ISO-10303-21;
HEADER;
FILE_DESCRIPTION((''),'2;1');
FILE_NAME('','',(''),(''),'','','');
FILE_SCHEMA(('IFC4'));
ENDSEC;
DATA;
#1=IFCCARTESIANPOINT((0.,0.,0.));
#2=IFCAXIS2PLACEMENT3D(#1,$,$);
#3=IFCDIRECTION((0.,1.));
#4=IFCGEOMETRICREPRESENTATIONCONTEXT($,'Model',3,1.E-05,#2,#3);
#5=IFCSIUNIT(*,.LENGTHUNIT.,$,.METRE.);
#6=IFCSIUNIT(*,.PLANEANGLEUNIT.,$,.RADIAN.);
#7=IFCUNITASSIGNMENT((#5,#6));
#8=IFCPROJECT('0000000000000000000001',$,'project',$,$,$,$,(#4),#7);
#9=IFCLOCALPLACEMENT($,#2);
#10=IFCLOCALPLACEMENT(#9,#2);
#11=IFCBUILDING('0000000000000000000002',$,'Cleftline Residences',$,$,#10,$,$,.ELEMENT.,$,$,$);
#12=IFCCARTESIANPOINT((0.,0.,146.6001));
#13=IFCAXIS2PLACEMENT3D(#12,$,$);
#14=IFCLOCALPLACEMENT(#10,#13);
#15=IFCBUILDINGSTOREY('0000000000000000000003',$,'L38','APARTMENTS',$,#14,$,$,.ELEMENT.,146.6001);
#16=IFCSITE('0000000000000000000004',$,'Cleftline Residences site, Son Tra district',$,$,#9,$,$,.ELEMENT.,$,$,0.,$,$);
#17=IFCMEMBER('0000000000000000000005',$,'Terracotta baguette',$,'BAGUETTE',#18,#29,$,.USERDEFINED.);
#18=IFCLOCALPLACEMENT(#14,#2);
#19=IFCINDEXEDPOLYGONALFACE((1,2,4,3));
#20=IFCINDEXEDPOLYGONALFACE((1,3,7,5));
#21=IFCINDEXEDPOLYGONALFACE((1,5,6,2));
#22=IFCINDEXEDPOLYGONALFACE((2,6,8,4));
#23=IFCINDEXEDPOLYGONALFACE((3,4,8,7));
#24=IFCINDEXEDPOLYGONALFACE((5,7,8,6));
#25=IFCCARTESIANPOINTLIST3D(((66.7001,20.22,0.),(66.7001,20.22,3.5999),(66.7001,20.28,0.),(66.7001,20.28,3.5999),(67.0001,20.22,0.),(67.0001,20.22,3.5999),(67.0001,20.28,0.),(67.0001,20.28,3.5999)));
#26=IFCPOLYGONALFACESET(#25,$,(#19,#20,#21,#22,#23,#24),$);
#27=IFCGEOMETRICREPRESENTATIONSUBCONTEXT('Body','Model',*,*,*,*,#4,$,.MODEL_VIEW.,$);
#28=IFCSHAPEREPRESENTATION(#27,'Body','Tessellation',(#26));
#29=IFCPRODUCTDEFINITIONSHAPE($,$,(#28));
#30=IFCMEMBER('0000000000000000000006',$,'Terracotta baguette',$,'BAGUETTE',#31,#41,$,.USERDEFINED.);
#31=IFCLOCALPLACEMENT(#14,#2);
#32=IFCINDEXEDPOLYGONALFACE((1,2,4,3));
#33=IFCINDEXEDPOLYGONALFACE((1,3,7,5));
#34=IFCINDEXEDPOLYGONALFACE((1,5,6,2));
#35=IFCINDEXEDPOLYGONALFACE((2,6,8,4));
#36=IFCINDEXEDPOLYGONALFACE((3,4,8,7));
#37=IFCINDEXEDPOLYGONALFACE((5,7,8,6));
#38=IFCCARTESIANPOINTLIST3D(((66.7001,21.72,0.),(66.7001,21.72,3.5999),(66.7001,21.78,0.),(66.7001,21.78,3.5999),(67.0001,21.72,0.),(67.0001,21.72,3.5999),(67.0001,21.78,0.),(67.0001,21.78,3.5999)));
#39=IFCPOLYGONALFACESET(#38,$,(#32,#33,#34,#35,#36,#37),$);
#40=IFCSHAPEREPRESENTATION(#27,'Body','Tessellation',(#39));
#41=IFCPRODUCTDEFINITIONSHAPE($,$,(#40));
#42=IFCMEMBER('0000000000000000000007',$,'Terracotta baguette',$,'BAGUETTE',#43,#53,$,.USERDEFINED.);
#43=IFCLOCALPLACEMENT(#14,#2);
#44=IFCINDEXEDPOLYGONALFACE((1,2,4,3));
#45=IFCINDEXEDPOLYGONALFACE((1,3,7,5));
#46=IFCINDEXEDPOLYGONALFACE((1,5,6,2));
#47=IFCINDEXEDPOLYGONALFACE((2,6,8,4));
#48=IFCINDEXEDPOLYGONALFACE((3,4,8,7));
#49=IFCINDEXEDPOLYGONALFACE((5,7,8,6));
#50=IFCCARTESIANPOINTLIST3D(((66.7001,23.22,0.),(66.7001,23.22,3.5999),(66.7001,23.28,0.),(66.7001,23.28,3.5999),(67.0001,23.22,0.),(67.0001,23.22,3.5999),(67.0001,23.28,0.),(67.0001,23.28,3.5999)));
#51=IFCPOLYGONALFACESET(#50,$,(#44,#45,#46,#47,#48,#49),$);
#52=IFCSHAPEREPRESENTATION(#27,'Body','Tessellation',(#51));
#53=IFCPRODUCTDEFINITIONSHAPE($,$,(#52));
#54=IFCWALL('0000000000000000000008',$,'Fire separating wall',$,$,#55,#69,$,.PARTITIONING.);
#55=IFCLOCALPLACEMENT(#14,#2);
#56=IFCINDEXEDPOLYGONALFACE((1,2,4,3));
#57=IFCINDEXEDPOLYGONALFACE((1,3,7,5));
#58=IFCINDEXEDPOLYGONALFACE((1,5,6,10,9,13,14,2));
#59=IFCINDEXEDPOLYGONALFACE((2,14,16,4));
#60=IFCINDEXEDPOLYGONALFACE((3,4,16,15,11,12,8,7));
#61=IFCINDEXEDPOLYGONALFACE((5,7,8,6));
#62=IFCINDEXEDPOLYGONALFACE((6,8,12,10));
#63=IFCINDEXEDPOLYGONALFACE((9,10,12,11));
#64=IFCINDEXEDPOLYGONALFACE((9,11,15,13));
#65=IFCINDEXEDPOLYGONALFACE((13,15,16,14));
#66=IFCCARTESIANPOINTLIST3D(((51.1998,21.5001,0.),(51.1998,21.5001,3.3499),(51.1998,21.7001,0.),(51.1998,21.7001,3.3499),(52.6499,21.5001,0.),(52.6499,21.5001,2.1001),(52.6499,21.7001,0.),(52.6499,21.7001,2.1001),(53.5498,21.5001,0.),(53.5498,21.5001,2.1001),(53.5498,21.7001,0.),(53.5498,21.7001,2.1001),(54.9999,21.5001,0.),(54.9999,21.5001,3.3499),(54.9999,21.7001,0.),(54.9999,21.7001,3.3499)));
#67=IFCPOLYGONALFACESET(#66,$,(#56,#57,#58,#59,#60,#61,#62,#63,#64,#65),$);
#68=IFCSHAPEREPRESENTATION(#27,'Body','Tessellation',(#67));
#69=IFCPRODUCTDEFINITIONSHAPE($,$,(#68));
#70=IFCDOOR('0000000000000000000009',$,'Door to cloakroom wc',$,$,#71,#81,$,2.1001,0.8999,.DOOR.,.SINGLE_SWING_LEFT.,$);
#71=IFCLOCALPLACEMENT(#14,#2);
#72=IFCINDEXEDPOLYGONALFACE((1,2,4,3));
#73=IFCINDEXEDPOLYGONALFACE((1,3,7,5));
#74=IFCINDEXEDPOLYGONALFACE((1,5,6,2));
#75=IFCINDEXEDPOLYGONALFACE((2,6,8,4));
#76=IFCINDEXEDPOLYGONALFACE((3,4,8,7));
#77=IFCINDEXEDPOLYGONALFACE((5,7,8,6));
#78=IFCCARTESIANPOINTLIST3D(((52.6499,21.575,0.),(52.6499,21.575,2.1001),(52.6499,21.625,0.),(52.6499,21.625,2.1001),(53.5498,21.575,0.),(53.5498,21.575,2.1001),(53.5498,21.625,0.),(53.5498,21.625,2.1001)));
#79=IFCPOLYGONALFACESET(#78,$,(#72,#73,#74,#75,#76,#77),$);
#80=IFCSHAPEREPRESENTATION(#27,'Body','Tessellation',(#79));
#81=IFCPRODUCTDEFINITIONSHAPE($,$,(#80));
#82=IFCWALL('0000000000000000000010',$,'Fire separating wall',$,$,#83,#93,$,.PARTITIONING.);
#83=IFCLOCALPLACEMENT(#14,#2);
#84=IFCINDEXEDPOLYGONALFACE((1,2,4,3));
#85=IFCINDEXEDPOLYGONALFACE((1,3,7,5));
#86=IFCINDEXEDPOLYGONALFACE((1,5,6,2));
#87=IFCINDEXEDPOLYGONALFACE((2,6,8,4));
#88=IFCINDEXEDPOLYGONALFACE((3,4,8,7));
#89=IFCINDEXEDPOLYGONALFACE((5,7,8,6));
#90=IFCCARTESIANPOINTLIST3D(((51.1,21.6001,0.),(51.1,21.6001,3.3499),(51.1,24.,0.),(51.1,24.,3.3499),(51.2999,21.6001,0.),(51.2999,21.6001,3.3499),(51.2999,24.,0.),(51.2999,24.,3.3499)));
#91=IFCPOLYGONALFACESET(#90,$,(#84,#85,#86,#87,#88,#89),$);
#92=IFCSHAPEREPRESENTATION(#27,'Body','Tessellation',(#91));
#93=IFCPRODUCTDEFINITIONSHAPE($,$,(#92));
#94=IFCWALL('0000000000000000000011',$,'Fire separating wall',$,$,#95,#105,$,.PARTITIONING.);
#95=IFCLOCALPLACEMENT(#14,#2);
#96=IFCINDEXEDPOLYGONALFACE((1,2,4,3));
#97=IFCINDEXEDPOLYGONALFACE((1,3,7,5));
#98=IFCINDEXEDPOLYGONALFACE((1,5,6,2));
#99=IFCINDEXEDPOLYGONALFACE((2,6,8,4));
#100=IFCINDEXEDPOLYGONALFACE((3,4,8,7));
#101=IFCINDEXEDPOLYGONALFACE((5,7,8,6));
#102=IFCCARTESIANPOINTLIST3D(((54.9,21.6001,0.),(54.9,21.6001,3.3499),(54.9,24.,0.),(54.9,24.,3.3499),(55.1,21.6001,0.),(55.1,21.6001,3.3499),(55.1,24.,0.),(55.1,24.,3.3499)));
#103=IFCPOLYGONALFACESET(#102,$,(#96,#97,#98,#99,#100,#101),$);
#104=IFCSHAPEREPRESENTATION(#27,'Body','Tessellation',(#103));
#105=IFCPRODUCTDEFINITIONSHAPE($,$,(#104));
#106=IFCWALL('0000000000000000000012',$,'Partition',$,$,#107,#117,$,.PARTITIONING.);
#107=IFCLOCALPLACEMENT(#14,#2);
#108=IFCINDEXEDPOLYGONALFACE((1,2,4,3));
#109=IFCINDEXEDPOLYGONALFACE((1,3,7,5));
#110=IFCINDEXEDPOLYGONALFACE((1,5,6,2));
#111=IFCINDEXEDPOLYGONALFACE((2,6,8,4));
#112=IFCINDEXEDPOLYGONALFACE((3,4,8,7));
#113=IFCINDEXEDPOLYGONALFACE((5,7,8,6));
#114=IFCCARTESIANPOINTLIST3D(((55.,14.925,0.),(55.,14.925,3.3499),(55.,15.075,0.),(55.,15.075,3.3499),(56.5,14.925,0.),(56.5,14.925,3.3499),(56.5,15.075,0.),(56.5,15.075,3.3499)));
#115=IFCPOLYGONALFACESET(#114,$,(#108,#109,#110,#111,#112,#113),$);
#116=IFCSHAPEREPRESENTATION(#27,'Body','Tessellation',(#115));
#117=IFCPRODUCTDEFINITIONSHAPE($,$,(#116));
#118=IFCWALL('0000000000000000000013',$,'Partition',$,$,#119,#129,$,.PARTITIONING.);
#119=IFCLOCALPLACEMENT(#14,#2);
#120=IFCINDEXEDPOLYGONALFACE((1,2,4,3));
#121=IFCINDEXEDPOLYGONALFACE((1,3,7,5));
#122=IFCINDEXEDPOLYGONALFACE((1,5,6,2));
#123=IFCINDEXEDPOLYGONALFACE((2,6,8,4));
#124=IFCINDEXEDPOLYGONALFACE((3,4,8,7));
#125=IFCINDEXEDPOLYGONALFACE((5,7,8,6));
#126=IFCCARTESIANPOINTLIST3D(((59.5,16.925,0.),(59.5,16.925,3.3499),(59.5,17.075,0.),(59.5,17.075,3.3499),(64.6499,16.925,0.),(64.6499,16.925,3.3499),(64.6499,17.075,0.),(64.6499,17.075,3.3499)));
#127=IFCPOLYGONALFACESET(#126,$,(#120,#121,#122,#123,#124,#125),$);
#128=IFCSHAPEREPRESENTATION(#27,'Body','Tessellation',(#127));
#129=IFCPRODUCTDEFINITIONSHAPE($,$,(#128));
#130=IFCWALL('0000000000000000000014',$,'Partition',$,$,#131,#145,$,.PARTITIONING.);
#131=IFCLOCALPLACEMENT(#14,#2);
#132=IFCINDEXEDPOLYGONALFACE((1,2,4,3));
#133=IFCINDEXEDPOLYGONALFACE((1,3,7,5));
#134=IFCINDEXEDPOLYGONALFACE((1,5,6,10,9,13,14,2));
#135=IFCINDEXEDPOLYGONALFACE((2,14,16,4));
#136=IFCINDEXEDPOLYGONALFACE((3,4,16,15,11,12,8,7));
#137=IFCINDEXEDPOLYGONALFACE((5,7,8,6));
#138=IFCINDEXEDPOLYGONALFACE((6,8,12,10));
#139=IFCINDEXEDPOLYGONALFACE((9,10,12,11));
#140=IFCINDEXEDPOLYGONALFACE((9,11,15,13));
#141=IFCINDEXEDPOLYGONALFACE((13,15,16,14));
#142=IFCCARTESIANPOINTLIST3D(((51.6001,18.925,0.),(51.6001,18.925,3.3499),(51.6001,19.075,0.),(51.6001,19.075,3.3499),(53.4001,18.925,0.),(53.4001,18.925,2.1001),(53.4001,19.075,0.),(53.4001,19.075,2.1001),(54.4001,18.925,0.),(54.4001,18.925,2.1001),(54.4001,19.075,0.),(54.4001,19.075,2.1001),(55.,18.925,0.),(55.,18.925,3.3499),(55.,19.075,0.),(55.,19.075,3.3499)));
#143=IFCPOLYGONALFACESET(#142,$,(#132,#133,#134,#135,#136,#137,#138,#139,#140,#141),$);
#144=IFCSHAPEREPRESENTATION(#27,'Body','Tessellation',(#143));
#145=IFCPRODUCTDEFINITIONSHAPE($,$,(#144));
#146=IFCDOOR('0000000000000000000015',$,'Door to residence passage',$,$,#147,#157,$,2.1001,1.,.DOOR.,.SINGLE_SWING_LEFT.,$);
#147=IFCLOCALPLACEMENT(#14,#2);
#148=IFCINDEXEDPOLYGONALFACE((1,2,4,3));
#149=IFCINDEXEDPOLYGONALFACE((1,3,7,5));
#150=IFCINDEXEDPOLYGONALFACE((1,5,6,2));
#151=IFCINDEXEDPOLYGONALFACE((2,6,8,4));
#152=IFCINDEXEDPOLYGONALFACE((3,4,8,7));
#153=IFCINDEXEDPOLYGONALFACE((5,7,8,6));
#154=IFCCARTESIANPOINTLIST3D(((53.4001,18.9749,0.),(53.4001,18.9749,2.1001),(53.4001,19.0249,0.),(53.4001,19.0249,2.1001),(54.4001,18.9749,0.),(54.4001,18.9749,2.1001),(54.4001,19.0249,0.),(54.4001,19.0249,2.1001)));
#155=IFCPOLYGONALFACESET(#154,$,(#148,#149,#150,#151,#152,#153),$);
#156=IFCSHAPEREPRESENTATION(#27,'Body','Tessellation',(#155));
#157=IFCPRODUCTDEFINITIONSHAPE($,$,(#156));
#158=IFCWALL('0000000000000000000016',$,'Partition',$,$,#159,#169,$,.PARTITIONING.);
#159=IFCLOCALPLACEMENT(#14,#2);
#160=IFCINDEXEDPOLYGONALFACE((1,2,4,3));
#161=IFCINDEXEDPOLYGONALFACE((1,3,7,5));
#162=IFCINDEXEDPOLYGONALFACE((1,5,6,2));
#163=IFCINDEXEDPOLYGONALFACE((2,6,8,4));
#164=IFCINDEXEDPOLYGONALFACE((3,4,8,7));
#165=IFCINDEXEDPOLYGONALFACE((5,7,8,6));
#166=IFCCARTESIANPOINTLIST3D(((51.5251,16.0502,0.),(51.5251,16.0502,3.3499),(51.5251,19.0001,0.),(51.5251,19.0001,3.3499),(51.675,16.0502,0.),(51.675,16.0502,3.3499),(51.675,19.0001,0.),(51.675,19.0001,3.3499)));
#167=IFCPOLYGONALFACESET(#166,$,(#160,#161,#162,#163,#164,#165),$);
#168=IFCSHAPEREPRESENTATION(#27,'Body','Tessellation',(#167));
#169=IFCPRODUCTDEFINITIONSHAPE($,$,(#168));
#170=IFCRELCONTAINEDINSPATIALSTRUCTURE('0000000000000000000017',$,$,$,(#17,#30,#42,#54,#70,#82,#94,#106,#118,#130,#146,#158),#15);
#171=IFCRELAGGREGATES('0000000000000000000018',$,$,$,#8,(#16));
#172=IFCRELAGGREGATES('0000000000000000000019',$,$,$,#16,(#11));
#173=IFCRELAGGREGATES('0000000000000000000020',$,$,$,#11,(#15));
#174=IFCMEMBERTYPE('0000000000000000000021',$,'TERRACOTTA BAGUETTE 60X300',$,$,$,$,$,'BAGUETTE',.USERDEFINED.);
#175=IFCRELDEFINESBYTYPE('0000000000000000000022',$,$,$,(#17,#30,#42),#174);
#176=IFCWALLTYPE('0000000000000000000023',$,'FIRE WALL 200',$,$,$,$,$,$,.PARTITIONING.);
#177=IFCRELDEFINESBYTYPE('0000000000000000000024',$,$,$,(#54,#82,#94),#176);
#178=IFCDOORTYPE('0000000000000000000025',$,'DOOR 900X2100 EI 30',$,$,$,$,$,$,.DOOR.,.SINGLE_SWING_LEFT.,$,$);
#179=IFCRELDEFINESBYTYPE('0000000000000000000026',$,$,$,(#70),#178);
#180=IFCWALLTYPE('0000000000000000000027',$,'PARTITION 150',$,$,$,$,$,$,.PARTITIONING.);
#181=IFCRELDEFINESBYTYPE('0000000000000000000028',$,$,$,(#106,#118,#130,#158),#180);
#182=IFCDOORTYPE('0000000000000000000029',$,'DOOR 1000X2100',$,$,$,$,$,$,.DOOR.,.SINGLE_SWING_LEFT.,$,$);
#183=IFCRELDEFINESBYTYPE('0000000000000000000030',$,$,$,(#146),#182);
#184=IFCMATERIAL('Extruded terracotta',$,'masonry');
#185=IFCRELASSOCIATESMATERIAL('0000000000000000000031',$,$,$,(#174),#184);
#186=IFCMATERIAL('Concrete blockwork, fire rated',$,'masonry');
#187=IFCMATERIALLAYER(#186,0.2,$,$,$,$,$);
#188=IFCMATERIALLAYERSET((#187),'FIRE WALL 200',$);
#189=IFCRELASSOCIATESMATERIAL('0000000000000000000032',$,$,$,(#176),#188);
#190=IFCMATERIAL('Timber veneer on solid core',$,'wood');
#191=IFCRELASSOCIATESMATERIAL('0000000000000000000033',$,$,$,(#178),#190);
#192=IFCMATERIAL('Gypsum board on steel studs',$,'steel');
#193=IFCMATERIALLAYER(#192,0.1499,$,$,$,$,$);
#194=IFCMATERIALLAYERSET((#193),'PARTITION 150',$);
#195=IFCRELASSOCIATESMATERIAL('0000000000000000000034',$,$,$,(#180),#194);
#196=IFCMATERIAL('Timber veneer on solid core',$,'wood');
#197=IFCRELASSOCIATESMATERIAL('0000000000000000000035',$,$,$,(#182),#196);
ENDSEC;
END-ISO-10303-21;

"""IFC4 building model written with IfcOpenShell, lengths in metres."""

from ifc_helpers import new_model, si_unit, direction, frame, frame_2d, origin, origin_2d, place, context, subcontext, project, spatial, rectangle, extrude, material, layer, layer_set, material_profile, profile_set, type_object, element, fill, save


model = new_model("IFC4")

# Units and contexts
model_context = context("Model", 3, precision=1e-05, world=origin(), true_north=direction((0.0, 1.0)))
body_context = subcontext(model_context, "Body", "Model", "MODEL_VIEW")
ifc_project = project(units=[si_unit("LENGTHUNIT", "METRE"), si_unit("PLANEANGLEUNIT", "RADIAN")], contexts=[model_context])

# Site, building, storey
site_placement = place(None, origin())
site = spatial("IfcSite", under=ifc_project, at=site_placement, Name="Cleftline Residences site, Son Tra district", CompositionType="ELEMENT", RefElevation=0.0)
building_placement = place(site_placement, origin())
building = spatial("IfcBuilding", under=site, at=building_placement, Name="Cleftline Residences", CompositionType="ELEMENT")
storey_placement = place(building_placement, frame((0.0, 0.0, 146.6001)))
storey = spatial("IfcBuildingStorey", under=building, at=storey_placement, Name="L38", Description="APARTMENTS", CompositionType="ELEMENT", Elevation=146.6001)

# Members
ifc_material_1 = material(Name="Extruded terracotta", Category="masonry")
ifc_material_profile_1 = material_profile(ifc_material_1, rectangle(XDim=0.0601, YDim=0.3, at=origin_2d()))
ifc_profile_set_1 = profile_set([ifc_material_profile_1], Name="Extruded terracotta")
member_type_1 = type_object("IfcMemberType", Name="TERRACOTTA BAGUETTE 60X300", ElementType="BAGUETTE", PredefinedType="USERDEFINED", material=ifc_profile_set_1)
for number, where, z_axis, x_axis, name in (
    (1, (66.8501, 20.25, 0.0), (0.0, 0.0, 1.0), (0.0, 1.0, 0.0), "Terracotta baguette"),
    (2, (66.8501, 21.75, 0.0), (0.0, 0.0, 1.0), (0.0, 1.0, 0.0), "Terracotta baguette"),
    (3, (66.8501, 23.25, 0.0), (0.0, 0.0, 1.0), (0.0, 1.0, 0.0), "Terracotta baguette"),
):
    element("IfcMember", number, at=place(storey_placement, frame(where, z_axis=z_axis, x_axis=x_axis)), inside=storey, type_object=member_type_1, Name=name, ObjectType="BAGUETTE", PredefinedType="USERDEFINED", context=body_context, shape_type="SweptSolid", body=[
        extrude(rectangle(XDim=0.0601, YDim=0.3, at=origin_2d()), origin(), (0.0, 0.0, 1.0), 3.5999),
    ])

# Wall, opening, door
ifc_material_2 = material(Name="Concrete blockwork, fire rated", Category="masonry")
ifc_layer_1 = layer(ifc_material_2, 0.2)
ifc_layer_set_1 = layer_set([ifc_layer_1], Name="FIRE WALL 200")
wall_type_1 = type_object("IfcWallType", Name="FIRE WALL 200", PredefinedType="PARTITIONING", material=ifc_layer_set_1)
wall_1_placement = place(storey_placement, frame((51.2, 21.6001, 0.0), z_axis=(0.0, 0.0, 1.0), x_axis=(1.0, 0.0, 0.0)))
wall_1 = element("IfcWall", 4, at=wall_1_placement, inside=storey, type_object=wall_type_1, Name="Fire separating wall", PredefinedType="PARTITIONING", context=body_context, shape_type="SweptSolid", body=[
    extrude(rectangle(XDim=3.8, YDim=0.2, at=frame_2d((1.8999, 0.0))), origin(), (0.0, 0.0, 1.0), 3.3499),
])
opening_1_placement = place(wall_1_placement, frame((1.45, 0.0, 0.0)))
opening_1 = element("IfcOpeningElement", 5, at=opening_1_placement, cuts=wall_1, PredefinedType="OPENING", context=body_context, shape_type="SweptSolid", body=[
    extrude(rectangle(XDim=0.8999, YDim=2.1001, at=frame_2d((0.45, 1.05))), frame((0.0, 0.1099, 0.0), z_axis=(0.0, -1.0, 0.0), x_axis=(1.0, 0.0, 0.0)), (0.0, 0.0, 1.0), 0.22),
])
ifc_material_3 = material(Name="Timber veneer on solid core", Category="wood")
door_type_1 = type_object("IfcDoorType", Name="DOOR 900X2100 EI 30", OperationType="SINGLE_SWING_LEFT", PredefinedType="DOOR", material=ifc_material_3)
door_1_placement = place(opening_1_placement, origin())
door_1 = element("IfcDoor", 6, at=door_1_placement, inside=storey, type_object=door_type_1, Name="Door to cloakroom wc", OperationType="SINGLE_SWING_LEFT", OverallHeight=2.1001, OverallWidth=0.8999, PredefinedType="DOOR", context=body_context, shape_type="SweptSolid", body=[
    extrude(rectangle(XDim=0.8999, YDim=2.1001, at=frame_2d((0.45, 1.05))), frame((0.0, 0.0249, 0.0), z_axis=(0.0, -1.0, 0.0), x_axis=(1.0, 0.0, 0.0)), (0.0, 0.0, 1.0), 0.05),
])
fill(opening_1, door_1)

# Walls
for number, where, z_axis, x_axis, name in (
    (7, (51.2, 21.6001, 0.0), (0.0, 0.0, 1.0), (0.0, 1.0, 0.0), "Fire separating wall"),
    (8, (55.0, 21.6001, 0.0), (0.0, 0.0, 1.0), (0.0, 1.0, 0.0), "Fire separating wall"),
):
    element("IfcWall", number, at=place(storey_placement, frame(where, z_axis=z_axis, x_axis=x_axis)), inside=storey, type_object=wall_type_1, Name=name, PredefinedType="PARTITIONING", context=body_context, shape_type="SweptSolid", body=[
        extrude(rectangle(XDim=2.3999, YDim=0.2, at=frame_2d((1.2, 0.0))), origin(), (0.0, 0.0, 1.0), 3.3499),
    ])
ifc_material_4 = material(Name="Gypsum board on steel studs", Category="steel")
ifc_layer_2 = layer(ifc_material_4, 0.1499)
ifc_layer_set_2 = layer_set([ifc_layer_2], Name="PARTITION 150")
wall_type_2 = type_object("IfcWallType", Name="PARTITION 150", PredefinedType="PARTITIONING", material=ifc_layer_set_2)
wall_2_placement = place(storey_placement, frame((55.0, 15.0, 0.0), z_axis=(0.0, 0.0, 1.0), x_axis=(1.0, 0.0, 0.0)))
element("IfcWall", 9, at=wall_2_placement, inside=storey, type_object=wall_type_2, Name="Partition", PredefinedType="PARTITIONING", context=body_context, shape_type="SweptSolid", body=[
    extrude(rectangle(XDim=1.5, YDim=0.1499, at=frame_2d((0.75, 0.0))), origin(), (0.0, 0.0, 1.0), 3.3499),
])
wall_3_placement = place(storey_placement, frame((59.5, 17.0, 0.0), z_axis=(0.0, 0.0, 1.0), x_axis=(1.0, 0.0, 0.0)))
element("IfcWall", 10, at=wall_3_placement, inside=storey, type_object=wall_type_2, Name="Partition", PredefinedType="PARTITIONING", context=body_context, shape_type="SweptSolid", body=[
    extrude(rectangle(XDim=5.1499, YDim=0.1499, at=frame_2d((2.575, 0.0))), origin(), (0.0, 0.0, 1.0), 3.3499),
])

# Wall, opening, door
wall_4_placement = place(storey_placement, frame((51.6001, 19.0, 0.0), z_axis=(0.0, 0.0, 1.0), x_axis=(1.0, 0.0, 0.0)))
wall_4 = element("IfcWall", 11, at=wall_4_placement, inside=storey, type_object=wall_type_2, Name="Partition", PredefinedType="PARTITIONING", context=body_context, shape_type="SweptSolid", body=[
    extrude(rectangle(XDim=3.3999, YDim=0.1499, at=frame_2d((1.7, 0.0))), origin(), (0.0, 0.0, 1.0), 3.3499),
])
opening_2_placement = place(wall_4_placement, frame((1.8, 0.0, 0.0)))
opening_2 = element("IfcOpeningElement", 12, at=opening_2_placement, cuts=wall_4, PredefinedType="OPENING", context=body_context, shape_type="SweptSolid", body=[
    extrude(rectangle(XDim=1.0, YDim=2.1001, at=frame_2d((0.5, 1.05))), frame((0.0, 0.085, 0.0), z_axis=(0.0, -1.0, 0.0), x_axis=(1.0, 0.0, 0.0)), (0.0, 0.0, 1.0), 0.1699),
])
ifc_material_5 = material(Name="Timber veneer on solid core", Category="wood")
door_type_2 = type_object("IfcDoorType", Name="DOOR 1000X2100", OperationType="SINGLE_SWING_LEFT", PredefinedType="DOOR", material=ifc_material_5)
door_2_placement = place(opening_2_placement, origin())
door_2 = element("IfcDoor", 13, at=door_2_placement, inside=storey, type_object=door_type_2, Name="Door to residence passage", OperationType="SINGLE_SWING_LEFT", OverallHeight=2.1001, OverallWidth=1.0, PredefinedType="DOOR", context=body_context, shape_type="SweptSolid", body=[
    extrude(rectangle(XDim=1.0, YDim=2.1001, at=frame_2d((0.5, 1.05))), frame((0.0, 0.0249, 0.0), z_axis=(0.0, -1.0, 0.0), x_axis=(1.0, 0.0, 0.0)), (0.0, 0.0, 1.0), 0.05),
])
fill(opening_2, door_2)

# Wall
wall_5_placement = place(storey_placement, frame((51.6001, 16.05, 0.0), z_axis=(0.0, 0.0, 1.0), x_axis=(0.0, 1.0, 0.0)))
element("IfcWall", 14, at=wall_5_placement, inside=storey, type_object=wall_type_2, Name="Partition", PredefinedType="PARTITIONING", context=body_context, shape_type="SweptSolid", body=[
    extrude(rectangle(XDim=2.95, YDim=0.1499, at=frame_2d((1.4751, 0.0))), origin(), (0.0, 0.0, 1.0), 3.3499),
])

save(model, "model.ifc")
